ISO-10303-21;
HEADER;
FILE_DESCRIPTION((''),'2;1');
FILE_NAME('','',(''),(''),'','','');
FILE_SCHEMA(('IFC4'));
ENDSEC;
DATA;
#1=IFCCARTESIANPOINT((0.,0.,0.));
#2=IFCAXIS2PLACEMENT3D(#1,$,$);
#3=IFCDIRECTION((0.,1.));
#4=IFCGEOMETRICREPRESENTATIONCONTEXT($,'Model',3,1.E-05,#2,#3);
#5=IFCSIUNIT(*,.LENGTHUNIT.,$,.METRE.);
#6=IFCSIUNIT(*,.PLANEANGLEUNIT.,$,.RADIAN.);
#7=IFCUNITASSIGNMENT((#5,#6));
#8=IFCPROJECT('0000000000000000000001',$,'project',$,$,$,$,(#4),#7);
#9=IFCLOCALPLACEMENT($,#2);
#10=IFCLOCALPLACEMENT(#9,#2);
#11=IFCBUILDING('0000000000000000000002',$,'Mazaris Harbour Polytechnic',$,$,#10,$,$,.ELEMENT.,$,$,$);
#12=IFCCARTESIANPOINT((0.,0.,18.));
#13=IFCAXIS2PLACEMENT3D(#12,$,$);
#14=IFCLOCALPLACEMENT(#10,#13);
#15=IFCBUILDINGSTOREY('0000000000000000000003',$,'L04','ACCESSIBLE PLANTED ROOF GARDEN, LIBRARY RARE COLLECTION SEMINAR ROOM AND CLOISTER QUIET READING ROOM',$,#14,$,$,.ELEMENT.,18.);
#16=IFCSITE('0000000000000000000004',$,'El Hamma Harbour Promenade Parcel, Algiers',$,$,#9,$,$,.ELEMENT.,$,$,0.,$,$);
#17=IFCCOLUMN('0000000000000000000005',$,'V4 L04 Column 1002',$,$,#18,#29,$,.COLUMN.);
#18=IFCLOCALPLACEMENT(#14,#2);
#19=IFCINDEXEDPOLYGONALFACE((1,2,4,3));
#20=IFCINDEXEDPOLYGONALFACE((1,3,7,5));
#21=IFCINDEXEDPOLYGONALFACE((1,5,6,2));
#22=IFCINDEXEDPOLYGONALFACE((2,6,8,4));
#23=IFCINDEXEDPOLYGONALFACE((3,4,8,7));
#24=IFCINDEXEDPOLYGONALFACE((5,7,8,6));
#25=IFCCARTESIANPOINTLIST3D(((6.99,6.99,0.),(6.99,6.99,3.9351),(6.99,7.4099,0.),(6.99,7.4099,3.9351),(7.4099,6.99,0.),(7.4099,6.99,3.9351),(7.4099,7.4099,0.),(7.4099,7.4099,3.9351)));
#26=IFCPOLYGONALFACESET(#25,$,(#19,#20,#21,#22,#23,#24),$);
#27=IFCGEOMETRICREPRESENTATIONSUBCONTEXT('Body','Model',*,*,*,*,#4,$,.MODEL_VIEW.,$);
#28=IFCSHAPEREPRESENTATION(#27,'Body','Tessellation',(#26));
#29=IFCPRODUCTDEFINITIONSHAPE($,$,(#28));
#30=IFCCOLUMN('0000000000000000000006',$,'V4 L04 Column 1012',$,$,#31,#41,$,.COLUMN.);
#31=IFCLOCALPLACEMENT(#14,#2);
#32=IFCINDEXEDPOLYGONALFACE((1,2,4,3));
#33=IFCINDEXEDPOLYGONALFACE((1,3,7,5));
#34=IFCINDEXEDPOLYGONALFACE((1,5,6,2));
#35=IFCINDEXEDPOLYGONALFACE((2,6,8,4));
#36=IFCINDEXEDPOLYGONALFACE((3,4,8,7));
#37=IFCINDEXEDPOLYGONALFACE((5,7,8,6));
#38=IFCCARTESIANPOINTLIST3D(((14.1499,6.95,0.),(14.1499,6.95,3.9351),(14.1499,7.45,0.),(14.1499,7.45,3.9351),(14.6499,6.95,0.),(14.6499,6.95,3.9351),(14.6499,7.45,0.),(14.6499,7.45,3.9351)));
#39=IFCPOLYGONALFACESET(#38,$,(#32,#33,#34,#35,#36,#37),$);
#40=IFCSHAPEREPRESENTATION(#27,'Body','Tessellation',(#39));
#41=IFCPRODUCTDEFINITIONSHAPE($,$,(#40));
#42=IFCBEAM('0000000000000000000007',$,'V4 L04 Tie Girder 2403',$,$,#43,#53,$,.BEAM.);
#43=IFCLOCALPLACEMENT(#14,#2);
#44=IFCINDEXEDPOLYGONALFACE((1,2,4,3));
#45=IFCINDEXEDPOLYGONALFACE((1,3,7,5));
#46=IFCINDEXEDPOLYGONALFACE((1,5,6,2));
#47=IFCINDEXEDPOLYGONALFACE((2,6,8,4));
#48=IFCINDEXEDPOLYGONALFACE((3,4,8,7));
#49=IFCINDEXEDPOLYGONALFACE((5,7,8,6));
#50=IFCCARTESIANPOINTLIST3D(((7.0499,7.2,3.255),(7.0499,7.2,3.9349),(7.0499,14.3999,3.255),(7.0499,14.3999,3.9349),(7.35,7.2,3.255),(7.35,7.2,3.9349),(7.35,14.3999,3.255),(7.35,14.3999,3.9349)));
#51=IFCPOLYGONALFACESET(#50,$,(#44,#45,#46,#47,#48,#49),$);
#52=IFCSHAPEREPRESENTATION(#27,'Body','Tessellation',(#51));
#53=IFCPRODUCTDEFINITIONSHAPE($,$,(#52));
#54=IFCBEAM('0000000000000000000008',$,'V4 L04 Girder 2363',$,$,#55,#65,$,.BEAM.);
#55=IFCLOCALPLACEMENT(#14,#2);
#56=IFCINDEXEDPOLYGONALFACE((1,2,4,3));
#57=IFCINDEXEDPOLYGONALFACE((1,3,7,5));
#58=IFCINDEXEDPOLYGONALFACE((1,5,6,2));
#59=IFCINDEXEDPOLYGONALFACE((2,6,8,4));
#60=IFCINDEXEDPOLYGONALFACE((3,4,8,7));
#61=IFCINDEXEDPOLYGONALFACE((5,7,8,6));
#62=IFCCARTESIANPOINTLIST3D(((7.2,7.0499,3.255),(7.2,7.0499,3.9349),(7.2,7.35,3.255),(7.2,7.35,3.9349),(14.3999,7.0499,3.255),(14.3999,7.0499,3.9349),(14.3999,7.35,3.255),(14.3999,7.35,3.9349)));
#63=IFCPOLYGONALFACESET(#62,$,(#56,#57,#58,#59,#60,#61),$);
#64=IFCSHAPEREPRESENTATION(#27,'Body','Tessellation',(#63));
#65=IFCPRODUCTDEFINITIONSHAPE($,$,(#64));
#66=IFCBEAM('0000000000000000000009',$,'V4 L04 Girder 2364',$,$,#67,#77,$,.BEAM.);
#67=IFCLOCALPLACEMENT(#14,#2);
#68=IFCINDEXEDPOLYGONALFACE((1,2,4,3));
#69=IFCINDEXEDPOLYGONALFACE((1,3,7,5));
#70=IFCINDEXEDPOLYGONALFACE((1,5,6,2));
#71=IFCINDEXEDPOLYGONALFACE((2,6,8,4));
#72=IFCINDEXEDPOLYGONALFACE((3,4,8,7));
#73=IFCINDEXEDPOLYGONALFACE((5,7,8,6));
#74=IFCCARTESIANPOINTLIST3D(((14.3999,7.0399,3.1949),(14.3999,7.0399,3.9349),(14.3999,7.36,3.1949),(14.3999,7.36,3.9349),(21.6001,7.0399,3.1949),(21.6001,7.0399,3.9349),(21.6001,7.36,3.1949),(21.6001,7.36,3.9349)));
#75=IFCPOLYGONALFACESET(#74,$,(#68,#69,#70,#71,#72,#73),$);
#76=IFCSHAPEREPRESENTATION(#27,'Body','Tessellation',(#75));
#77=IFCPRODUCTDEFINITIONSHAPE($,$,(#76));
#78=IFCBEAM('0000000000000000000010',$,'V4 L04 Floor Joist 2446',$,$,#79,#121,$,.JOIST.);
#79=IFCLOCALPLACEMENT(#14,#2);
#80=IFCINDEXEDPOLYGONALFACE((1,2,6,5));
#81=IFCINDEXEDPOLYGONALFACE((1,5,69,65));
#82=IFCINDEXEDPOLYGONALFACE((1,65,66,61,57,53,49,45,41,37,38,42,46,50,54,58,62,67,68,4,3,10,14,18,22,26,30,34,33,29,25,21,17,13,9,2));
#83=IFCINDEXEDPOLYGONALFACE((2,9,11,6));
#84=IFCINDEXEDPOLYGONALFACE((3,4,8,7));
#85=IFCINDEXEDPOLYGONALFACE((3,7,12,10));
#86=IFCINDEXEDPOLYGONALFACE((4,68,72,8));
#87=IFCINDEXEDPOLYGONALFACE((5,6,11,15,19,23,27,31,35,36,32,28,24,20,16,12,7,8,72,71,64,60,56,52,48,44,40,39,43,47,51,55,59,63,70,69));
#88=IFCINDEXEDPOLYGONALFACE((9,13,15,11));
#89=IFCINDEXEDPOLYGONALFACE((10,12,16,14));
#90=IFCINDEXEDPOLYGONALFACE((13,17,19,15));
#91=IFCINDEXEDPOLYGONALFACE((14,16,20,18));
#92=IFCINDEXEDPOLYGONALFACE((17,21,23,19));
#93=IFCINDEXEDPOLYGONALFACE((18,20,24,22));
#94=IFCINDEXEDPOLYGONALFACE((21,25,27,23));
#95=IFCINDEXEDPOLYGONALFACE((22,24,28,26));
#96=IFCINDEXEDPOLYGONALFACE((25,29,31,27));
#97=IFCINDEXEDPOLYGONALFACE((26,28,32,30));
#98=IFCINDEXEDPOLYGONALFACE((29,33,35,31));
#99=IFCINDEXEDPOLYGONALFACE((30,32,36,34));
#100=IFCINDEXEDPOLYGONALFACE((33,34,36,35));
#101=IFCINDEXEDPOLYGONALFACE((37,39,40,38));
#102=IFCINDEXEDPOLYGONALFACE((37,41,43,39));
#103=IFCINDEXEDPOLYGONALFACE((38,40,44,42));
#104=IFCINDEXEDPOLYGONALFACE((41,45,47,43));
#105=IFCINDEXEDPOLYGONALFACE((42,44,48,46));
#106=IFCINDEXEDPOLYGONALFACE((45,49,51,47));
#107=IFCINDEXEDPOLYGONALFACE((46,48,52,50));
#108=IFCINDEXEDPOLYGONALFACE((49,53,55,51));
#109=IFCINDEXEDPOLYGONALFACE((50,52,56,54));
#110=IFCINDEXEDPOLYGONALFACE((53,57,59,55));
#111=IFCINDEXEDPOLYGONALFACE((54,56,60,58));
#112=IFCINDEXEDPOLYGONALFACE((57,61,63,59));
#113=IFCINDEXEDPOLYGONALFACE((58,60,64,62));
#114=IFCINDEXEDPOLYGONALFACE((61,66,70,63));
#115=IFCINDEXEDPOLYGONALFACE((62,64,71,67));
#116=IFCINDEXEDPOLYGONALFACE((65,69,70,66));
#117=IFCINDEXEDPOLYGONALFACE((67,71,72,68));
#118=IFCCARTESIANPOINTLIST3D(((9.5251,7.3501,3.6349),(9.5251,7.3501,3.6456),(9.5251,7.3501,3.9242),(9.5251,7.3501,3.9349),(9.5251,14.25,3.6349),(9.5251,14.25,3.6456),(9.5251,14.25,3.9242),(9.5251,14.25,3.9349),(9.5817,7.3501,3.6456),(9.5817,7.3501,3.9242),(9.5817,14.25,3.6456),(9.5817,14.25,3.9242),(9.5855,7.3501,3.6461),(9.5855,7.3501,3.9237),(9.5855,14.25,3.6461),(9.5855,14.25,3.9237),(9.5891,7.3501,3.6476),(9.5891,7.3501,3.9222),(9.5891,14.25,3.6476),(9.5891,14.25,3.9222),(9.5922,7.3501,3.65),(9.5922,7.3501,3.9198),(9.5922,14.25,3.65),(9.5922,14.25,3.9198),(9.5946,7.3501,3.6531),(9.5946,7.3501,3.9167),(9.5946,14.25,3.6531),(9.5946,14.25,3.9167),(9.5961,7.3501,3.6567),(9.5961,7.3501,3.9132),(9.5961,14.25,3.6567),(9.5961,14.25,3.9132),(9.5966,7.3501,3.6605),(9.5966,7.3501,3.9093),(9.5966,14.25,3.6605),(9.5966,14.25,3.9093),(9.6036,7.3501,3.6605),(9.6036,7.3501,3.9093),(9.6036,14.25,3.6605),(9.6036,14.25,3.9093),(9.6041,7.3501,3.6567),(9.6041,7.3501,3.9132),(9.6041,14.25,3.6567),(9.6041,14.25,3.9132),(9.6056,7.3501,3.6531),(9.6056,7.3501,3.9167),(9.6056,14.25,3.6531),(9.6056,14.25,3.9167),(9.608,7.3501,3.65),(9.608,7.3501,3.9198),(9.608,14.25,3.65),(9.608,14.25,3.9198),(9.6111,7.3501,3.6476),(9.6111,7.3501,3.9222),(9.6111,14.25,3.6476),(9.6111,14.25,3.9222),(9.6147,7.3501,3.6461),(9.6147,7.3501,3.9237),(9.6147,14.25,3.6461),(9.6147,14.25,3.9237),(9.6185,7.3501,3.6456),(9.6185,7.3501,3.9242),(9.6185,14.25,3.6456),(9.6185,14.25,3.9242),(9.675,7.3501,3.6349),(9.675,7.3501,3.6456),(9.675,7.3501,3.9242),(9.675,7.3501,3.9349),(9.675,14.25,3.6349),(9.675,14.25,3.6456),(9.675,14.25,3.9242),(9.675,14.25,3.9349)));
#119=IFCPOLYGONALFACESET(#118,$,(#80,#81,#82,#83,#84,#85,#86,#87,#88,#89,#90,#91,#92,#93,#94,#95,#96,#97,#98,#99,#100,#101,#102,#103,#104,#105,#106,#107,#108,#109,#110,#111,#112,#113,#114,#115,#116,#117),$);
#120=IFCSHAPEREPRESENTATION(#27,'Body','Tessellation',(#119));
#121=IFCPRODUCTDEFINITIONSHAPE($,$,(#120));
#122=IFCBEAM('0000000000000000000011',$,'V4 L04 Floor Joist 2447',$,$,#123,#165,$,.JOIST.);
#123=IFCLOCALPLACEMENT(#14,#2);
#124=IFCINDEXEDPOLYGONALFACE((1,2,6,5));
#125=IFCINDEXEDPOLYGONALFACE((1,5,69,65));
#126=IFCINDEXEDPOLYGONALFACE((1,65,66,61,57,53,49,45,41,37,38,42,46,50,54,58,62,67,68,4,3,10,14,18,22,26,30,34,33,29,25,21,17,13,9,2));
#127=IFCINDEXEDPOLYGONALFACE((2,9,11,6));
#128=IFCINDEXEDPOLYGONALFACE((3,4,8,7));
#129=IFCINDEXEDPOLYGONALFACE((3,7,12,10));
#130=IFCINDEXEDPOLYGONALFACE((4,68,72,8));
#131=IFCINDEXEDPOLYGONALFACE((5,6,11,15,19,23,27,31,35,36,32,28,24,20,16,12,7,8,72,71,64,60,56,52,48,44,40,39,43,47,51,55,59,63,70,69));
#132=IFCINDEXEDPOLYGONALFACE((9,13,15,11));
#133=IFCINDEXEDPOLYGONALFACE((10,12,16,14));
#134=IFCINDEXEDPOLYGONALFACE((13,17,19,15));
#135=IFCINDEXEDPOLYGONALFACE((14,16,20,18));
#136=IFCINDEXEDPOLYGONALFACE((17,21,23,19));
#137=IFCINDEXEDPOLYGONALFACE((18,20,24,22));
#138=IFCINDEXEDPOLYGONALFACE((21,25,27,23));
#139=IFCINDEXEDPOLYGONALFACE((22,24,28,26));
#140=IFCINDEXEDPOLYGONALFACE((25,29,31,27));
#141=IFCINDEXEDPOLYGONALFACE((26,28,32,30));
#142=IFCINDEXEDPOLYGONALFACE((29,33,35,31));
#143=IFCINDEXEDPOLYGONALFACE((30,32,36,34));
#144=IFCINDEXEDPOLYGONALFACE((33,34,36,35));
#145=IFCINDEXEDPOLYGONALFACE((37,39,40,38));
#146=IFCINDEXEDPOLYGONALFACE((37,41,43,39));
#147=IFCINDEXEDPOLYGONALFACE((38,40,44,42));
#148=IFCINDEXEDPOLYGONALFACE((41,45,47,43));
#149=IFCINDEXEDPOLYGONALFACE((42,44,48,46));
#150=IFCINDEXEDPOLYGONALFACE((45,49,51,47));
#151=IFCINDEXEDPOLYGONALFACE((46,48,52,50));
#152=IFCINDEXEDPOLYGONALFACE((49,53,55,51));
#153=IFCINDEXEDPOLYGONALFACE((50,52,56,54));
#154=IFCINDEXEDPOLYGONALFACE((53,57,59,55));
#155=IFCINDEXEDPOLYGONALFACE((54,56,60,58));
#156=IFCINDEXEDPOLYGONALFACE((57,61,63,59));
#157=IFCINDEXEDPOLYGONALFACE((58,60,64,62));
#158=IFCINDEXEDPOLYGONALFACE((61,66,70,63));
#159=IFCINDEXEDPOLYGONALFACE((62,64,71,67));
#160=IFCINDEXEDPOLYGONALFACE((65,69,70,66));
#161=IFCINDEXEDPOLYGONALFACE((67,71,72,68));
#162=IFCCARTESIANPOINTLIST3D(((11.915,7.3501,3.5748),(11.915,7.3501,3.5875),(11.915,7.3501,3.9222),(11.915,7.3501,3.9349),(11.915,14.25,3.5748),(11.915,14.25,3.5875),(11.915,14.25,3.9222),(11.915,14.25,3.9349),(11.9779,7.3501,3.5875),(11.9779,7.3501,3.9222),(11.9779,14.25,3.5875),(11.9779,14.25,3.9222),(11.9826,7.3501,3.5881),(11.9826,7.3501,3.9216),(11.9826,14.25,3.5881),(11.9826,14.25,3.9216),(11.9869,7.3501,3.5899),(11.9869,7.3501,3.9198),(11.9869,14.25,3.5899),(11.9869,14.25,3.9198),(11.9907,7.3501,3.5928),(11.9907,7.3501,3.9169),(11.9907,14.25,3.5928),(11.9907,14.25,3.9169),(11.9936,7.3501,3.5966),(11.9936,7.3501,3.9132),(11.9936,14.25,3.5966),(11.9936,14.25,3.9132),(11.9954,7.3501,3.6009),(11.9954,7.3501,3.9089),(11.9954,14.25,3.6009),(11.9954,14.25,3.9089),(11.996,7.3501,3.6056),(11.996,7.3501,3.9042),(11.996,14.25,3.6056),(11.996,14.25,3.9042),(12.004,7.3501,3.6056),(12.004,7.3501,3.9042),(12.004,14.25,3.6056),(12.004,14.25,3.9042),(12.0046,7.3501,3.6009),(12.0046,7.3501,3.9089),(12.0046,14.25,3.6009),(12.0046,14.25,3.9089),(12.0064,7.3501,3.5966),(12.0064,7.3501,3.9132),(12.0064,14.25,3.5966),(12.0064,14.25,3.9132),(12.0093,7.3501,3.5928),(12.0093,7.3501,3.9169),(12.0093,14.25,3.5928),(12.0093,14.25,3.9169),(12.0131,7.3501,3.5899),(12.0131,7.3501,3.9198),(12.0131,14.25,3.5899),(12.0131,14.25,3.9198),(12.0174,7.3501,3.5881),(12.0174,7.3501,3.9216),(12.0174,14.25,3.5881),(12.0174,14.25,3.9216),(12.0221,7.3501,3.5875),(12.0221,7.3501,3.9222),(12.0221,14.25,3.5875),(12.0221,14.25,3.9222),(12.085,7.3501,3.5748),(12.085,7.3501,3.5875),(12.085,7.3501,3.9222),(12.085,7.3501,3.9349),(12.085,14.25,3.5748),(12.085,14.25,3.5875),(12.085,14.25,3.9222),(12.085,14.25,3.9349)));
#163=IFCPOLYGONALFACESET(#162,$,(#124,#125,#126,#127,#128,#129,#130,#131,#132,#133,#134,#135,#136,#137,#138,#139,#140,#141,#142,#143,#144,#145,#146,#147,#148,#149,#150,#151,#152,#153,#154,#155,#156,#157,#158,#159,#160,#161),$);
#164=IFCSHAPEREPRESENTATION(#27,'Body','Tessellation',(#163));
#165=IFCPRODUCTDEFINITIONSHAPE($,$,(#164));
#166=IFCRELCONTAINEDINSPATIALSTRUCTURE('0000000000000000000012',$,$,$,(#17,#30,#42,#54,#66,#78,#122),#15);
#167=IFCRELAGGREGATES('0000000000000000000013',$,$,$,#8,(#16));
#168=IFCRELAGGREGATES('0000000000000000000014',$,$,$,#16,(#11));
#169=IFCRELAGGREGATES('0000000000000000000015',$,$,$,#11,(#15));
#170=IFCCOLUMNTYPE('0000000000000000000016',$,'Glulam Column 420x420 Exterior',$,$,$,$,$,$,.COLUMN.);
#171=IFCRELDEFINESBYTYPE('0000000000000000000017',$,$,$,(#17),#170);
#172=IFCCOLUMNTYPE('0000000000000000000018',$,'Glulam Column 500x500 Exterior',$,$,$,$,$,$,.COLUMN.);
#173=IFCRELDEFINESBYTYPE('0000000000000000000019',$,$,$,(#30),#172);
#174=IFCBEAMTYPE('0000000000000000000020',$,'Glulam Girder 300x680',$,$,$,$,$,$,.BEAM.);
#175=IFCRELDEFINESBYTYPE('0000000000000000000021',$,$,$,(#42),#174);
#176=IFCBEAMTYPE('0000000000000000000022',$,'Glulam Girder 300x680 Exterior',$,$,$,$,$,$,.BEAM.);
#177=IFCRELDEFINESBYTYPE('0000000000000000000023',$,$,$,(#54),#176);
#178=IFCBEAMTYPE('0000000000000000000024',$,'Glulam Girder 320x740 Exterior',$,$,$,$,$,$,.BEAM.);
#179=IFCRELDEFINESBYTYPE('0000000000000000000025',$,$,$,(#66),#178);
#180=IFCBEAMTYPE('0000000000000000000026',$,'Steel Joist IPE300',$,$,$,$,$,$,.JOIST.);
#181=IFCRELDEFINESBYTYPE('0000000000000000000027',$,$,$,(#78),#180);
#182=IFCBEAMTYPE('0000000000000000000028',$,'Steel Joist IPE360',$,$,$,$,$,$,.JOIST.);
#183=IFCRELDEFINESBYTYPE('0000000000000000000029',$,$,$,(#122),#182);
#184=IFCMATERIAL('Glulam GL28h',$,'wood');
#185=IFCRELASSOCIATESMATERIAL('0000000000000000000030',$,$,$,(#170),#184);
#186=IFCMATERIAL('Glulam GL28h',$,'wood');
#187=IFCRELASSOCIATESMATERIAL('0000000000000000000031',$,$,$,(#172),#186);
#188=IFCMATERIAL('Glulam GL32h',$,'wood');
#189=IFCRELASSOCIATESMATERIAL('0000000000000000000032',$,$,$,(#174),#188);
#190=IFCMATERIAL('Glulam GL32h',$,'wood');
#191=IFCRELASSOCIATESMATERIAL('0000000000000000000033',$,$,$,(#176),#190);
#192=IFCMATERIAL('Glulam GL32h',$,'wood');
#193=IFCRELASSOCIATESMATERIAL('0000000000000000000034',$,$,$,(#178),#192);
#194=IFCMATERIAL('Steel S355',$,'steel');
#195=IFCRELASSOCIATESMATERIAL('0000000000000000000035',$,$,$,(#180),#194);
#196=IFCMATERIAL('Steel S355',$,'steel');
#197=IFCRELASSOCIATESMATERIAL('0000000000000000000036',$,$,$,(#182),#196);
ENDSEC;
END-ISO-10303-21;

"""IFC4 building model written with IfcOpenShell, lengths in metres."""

from ifc_helpers import new_model, si_unit, direction, frame, origin, origin_2d, place, context, subcontext, project, spatial, rectangle, i_section, extrude, material, material_profile, profile_set, type_object, element, save


model = new_model("IFC4")

# Units and contexts
model_context = context("Model", 3, precision=1e-05, world=origin(), true_north=direction((0.0, 1.0)))
body_context = subcontext(model_context, "Body", "Model", "MODEL_VIEW")
ifc_project = project(units=[si_unit("LENGTHUNIT", "METRE"), si_unit("PLANEANGLEUNIT", "RADIAN")], contexts=[model_context])

# Site, building, storey
site_placement = place(None, origin())
site = spatial("IfcSite", under=ifc_project, at=site_placement, Name="El Hamma Harbour Promenade Parcel, Algiers", CompositionType="ELEMENT", RefElevation=0.0)
building_placement = place(site_placement, origin())
building = spatial("IfcBuilding", under=site, at=building_placement, Name="Mazaris Harbour Polytechnic", CompositionType="ELEMENT")
storey_placement = place(building_placement, frame((0.0, 0.0, 18.0)))
storey = spatial("IfcBuildingStorey", under=building, at=storey_placement, Name="L04", Description="ACCESSIBLE PLANTED ROOF GARDEN, LIBRARY RARE COLLECTION SEMINAR ROOM AND CLOISTER QUIET READING ROOM", CompositionType="ELEMENT", Elevation=18.0)

# Columns
ifc_material_1 = material(Name="Glulam GL28h", Category="wood")
ifc_material_profile_1 = material_profile(ifc_material_1, rectangle(XDim=0.4199, YDim=0.4199, at=origin_2d()), Name="RECT420x420")
ifc_profile_set_1 = profile_set([ifc_material_profile_1], Name="Glulam GL28h")
column_type_1 = type_object("IfcColumnType", Name="Glulam Column 420x420 Exterior", PredefinedType="COLUMN", material=ifc_profile_set_1)
column_1_placement = place(storey_placement, frame((7.2, 7.2, 0.0), z_axis=(0.0, 0.0, 1.0), x_axis=(1.0, 0.0, 0.0)))
element("IfcColumn", 1, at=column_1_placement, inside=storey, type_object=column_type_1, Name="V4 L04 Column 1002", PredefinedType="COLUMN", context=body_context, shape_type="SweptSolid", body=[
    extrude(rectangle(XDim=0.4199, YDim=0.4199, at=origin_2d()), origin(), (0.0, 0.0, 1.0), 3.9351),
])
ifc_material_2 = material(Name="Glulam GL28h", Category="wood")
ifc_material_profile_2 = material_profile(ifc_material_2, rectangle(XDim=0.5, YDim=0.5, at=origin_2d()), Name="RECT500x500")
ifc_profile_set_2 = profile_set([ifc_material_profile_2], Name="Glulam GL28h")
column_type_2 = type_object("IfcColumnType", Name="Glulam Column 500x500 Exterior", PredefinedType="COLUMN", material=ifc_profile_set_2)
column_2_placement = place(storey_placement, frame((14.3999, 7.2, 0.0), z_axis=(0.0, 0.0, 1.0), x_axis=(1.0, 0.0, 0.0)))
element("IfcColumn", 2, at=column_2_placement, inside=storey, type_object=column_type_2, Name="V4 L04 Column 1012", PredefinedType="COLUMN", context=body_context, shape_type="SweptSolid", body=[
    extrude(rectangle(XDim=0.5, YDim=0.5, at=origin_2d()), origin(), (0.0, 0.0, 1.0), 3.9351),
])

# Beams
ifc_material_3 = material(Name="Glulam GL32h", Category="wood")
ifc_material_profile_3 = material_profile(ifc_material_3, rectangle(XDim=0.3, YDim=0.6799, at=origin_2d()), Name="RECT300x680")
ifc_profile_set_3 = profile_set([ifc_material_profile_3], Name="Glulam GL32h")
beam_type_1 = type_object("IfcBeamType", Name="Glulam Girder 300x680", PredefinedType="BEAM", material=ifc_profile_set_3)
beam_1_placement = place(storey_placement, frame((7.2, 7.2, 3.595), z_axis=(0.0, 1.0, 0.0), x_axis=(-1.0, 0.0, 0.0)))
element("IfcBeam", 3, at=beam_1_placement, inside=storey, type_object=beam_type_1, Name="V4 L04 Tie Girder 2403", PredefinedType="BEAM", context=body_context, shape_type="SweptSolid", body=[
    extrude(rectangle(XDim=0.3, YDim=0.6799, at=origin_2d()), origin(), (0.0, 0.0, 1.0), 7.2),
])
ifc_material_4 = material(Name="Glulam GL32h", Category="wood")
ifc_material_profile_4 = material_profile(ifc_material_4, rectangle(XDim=0.3, YDim=0.6799, at=origin_2d()), Name="RECT300x680")
ifc_profile_set_4 = profile_set([ifc_material_profile_4], Name="Glulam GL32h")
beam_type_2 = type_object("IfcBeamType", Name="Glulam Girder 300x680 Exterior", PredefinedType="BEAM", material=ifc_profile_set_4)
beam_2_placement = place(storey_placement, frame((7.2, 7.2, 3.595), z_axis=(1.0, 0.0, 0.0), x_axis=(0.0, 1.0, 0.0)))
element("IfcBeam", 4, at=beam_2_placement, inside=storey, type_object=beam_type_2, Name="V4 L04 Girder 2363", PredefinedType="BEAM", context=body_context, shape_type="SweptSolid", body=[
    extrude(rectangle(XDim=0.3, YDim=0.6799, at=origin_2d()), origin(), (0.0, 0.0, 1.0), 7.2),
])
ifc_material_5 = material(Name="Glulam GL32h", Category="wood")
ifc_material_profile_5 = material_profile(ifc_material_5, rectangle(XDim=0.3201, YDim=0.74, at=origin_2d()), Name="RECT320x740")
ifc_profile_set_5 = profile_set([ifc_material_profile_5], Name="Glulam GL32h")
beam_type_3 = type_object("IfcBeamType", Name="Glulam Girder 320x740 Exterior", PredefinedType="BEAM", material=ifc_profile_set_5)
beam_3_placement = place(storey_placement, frame((14.3999, 7.2, 3.5649), z_axis=(1.0, 0.0, 0.0), x_axis=(0.0, 1.0, 0.0)))
element("IfcBeam", 5, at=beam_3_placement, inside=storey, type_object=beam_type_3, Name="V4 L04 Girder 2364", PredefinedType="BEAM", context=body_context, shape_type="SweptSolid", body=[
    extrude(rectangle(XDim=0.3201, YDim=0.74, at=origin_2d()), origin(), (0.0, 0.0, 1.0), 7.2002),
])
ifc_material_6 = material(Name="Steel S355", Category="steel")
ifc_material_profile_6 = material_profile(ifc_material_6, i_section(OverallWidth=0.1499, OverallDepth=0.3, WebThickness=0.0071, FlangeThickness=0.0107, FilletRadius=0.0149, at=origin_2d()), Name="IPE 300")
ifc_profile_set_6 = profile_set([ifc_material_profile_6], Name="Steel S355")
beam_type_4 = type_object("IfcBeamType", Name="Steel Joist IPE300", PredefinedType="JOIST", material=ifc_profile_set_6)
beam_4_placement = place(storey_placement, frame((9.6001, 7.3501, 3.7849), z_axis=(0.0, 1.0, 0.0), x_axis=(-1.0, 0.0, 0.0)))
element("IfcBeam", 6, at=beam_4_placement, inside=storey, type_object=beam_type_4, Name="V4 L04 Floor Joist 2446", PredefinedType="JOIST", context=body_context, shape_type="SweptSolid", body=[
    extrude(i_section(OverallWidth=0.1499, OverallDepth=0.3, WebThickness=0.0071, FlangeThickness=0.0107, FilletRadius=0.0149, at=origin_2d()), origin(), (0.0, 0.0, 1.0), 6.8999),
])
ifc_material_7 = material(Name="Steel S355", Category="steel")
ifc_material_profile_7 = material_profile(ifc_material_7, i_section(OverallWidth=0.1699, OverallDepth=0.3601, WebThickness=0.0081, FlangeThickness=0.0127, FilletRadius=0.0181, at=origin_2d()), Name="IPE 360")
ifc_profile_set_7 = profile_set([ifc_material_profile_7], Name="Steel S355")
beam_type_5 = type_object("IfcBeamType", Name="Steel Joist IPE360", PredefinedType="JOIST", material=ifc_profile_set_7)
beam_5_placement = place(storey_placement, frame((12.0, 7.3501, 3.7549), z_axis=(0.0, 1.0, 0.0), x_axis=(-1.0, 0.0, 0.0)))
element("IfcBeam", 7, at=beam_5_placement, inside=storey, type_object=beam_type_5, Name="V4 L04 Floor Joist 2447", PredefinedType="JOIST", context=body_context, shape_type="SweptSolid", body=[
    extrude(i_section(OverallWidth=0.1699, OverallDepth=0.3601, WebThickness=0.0081, FlangeThickness=0.0127, FilletRadius=0.0181, at=origin_2d()), origin(), (0.0, 0.0, 1.0), 6.8999),
])

save(model, "model.ifc")
